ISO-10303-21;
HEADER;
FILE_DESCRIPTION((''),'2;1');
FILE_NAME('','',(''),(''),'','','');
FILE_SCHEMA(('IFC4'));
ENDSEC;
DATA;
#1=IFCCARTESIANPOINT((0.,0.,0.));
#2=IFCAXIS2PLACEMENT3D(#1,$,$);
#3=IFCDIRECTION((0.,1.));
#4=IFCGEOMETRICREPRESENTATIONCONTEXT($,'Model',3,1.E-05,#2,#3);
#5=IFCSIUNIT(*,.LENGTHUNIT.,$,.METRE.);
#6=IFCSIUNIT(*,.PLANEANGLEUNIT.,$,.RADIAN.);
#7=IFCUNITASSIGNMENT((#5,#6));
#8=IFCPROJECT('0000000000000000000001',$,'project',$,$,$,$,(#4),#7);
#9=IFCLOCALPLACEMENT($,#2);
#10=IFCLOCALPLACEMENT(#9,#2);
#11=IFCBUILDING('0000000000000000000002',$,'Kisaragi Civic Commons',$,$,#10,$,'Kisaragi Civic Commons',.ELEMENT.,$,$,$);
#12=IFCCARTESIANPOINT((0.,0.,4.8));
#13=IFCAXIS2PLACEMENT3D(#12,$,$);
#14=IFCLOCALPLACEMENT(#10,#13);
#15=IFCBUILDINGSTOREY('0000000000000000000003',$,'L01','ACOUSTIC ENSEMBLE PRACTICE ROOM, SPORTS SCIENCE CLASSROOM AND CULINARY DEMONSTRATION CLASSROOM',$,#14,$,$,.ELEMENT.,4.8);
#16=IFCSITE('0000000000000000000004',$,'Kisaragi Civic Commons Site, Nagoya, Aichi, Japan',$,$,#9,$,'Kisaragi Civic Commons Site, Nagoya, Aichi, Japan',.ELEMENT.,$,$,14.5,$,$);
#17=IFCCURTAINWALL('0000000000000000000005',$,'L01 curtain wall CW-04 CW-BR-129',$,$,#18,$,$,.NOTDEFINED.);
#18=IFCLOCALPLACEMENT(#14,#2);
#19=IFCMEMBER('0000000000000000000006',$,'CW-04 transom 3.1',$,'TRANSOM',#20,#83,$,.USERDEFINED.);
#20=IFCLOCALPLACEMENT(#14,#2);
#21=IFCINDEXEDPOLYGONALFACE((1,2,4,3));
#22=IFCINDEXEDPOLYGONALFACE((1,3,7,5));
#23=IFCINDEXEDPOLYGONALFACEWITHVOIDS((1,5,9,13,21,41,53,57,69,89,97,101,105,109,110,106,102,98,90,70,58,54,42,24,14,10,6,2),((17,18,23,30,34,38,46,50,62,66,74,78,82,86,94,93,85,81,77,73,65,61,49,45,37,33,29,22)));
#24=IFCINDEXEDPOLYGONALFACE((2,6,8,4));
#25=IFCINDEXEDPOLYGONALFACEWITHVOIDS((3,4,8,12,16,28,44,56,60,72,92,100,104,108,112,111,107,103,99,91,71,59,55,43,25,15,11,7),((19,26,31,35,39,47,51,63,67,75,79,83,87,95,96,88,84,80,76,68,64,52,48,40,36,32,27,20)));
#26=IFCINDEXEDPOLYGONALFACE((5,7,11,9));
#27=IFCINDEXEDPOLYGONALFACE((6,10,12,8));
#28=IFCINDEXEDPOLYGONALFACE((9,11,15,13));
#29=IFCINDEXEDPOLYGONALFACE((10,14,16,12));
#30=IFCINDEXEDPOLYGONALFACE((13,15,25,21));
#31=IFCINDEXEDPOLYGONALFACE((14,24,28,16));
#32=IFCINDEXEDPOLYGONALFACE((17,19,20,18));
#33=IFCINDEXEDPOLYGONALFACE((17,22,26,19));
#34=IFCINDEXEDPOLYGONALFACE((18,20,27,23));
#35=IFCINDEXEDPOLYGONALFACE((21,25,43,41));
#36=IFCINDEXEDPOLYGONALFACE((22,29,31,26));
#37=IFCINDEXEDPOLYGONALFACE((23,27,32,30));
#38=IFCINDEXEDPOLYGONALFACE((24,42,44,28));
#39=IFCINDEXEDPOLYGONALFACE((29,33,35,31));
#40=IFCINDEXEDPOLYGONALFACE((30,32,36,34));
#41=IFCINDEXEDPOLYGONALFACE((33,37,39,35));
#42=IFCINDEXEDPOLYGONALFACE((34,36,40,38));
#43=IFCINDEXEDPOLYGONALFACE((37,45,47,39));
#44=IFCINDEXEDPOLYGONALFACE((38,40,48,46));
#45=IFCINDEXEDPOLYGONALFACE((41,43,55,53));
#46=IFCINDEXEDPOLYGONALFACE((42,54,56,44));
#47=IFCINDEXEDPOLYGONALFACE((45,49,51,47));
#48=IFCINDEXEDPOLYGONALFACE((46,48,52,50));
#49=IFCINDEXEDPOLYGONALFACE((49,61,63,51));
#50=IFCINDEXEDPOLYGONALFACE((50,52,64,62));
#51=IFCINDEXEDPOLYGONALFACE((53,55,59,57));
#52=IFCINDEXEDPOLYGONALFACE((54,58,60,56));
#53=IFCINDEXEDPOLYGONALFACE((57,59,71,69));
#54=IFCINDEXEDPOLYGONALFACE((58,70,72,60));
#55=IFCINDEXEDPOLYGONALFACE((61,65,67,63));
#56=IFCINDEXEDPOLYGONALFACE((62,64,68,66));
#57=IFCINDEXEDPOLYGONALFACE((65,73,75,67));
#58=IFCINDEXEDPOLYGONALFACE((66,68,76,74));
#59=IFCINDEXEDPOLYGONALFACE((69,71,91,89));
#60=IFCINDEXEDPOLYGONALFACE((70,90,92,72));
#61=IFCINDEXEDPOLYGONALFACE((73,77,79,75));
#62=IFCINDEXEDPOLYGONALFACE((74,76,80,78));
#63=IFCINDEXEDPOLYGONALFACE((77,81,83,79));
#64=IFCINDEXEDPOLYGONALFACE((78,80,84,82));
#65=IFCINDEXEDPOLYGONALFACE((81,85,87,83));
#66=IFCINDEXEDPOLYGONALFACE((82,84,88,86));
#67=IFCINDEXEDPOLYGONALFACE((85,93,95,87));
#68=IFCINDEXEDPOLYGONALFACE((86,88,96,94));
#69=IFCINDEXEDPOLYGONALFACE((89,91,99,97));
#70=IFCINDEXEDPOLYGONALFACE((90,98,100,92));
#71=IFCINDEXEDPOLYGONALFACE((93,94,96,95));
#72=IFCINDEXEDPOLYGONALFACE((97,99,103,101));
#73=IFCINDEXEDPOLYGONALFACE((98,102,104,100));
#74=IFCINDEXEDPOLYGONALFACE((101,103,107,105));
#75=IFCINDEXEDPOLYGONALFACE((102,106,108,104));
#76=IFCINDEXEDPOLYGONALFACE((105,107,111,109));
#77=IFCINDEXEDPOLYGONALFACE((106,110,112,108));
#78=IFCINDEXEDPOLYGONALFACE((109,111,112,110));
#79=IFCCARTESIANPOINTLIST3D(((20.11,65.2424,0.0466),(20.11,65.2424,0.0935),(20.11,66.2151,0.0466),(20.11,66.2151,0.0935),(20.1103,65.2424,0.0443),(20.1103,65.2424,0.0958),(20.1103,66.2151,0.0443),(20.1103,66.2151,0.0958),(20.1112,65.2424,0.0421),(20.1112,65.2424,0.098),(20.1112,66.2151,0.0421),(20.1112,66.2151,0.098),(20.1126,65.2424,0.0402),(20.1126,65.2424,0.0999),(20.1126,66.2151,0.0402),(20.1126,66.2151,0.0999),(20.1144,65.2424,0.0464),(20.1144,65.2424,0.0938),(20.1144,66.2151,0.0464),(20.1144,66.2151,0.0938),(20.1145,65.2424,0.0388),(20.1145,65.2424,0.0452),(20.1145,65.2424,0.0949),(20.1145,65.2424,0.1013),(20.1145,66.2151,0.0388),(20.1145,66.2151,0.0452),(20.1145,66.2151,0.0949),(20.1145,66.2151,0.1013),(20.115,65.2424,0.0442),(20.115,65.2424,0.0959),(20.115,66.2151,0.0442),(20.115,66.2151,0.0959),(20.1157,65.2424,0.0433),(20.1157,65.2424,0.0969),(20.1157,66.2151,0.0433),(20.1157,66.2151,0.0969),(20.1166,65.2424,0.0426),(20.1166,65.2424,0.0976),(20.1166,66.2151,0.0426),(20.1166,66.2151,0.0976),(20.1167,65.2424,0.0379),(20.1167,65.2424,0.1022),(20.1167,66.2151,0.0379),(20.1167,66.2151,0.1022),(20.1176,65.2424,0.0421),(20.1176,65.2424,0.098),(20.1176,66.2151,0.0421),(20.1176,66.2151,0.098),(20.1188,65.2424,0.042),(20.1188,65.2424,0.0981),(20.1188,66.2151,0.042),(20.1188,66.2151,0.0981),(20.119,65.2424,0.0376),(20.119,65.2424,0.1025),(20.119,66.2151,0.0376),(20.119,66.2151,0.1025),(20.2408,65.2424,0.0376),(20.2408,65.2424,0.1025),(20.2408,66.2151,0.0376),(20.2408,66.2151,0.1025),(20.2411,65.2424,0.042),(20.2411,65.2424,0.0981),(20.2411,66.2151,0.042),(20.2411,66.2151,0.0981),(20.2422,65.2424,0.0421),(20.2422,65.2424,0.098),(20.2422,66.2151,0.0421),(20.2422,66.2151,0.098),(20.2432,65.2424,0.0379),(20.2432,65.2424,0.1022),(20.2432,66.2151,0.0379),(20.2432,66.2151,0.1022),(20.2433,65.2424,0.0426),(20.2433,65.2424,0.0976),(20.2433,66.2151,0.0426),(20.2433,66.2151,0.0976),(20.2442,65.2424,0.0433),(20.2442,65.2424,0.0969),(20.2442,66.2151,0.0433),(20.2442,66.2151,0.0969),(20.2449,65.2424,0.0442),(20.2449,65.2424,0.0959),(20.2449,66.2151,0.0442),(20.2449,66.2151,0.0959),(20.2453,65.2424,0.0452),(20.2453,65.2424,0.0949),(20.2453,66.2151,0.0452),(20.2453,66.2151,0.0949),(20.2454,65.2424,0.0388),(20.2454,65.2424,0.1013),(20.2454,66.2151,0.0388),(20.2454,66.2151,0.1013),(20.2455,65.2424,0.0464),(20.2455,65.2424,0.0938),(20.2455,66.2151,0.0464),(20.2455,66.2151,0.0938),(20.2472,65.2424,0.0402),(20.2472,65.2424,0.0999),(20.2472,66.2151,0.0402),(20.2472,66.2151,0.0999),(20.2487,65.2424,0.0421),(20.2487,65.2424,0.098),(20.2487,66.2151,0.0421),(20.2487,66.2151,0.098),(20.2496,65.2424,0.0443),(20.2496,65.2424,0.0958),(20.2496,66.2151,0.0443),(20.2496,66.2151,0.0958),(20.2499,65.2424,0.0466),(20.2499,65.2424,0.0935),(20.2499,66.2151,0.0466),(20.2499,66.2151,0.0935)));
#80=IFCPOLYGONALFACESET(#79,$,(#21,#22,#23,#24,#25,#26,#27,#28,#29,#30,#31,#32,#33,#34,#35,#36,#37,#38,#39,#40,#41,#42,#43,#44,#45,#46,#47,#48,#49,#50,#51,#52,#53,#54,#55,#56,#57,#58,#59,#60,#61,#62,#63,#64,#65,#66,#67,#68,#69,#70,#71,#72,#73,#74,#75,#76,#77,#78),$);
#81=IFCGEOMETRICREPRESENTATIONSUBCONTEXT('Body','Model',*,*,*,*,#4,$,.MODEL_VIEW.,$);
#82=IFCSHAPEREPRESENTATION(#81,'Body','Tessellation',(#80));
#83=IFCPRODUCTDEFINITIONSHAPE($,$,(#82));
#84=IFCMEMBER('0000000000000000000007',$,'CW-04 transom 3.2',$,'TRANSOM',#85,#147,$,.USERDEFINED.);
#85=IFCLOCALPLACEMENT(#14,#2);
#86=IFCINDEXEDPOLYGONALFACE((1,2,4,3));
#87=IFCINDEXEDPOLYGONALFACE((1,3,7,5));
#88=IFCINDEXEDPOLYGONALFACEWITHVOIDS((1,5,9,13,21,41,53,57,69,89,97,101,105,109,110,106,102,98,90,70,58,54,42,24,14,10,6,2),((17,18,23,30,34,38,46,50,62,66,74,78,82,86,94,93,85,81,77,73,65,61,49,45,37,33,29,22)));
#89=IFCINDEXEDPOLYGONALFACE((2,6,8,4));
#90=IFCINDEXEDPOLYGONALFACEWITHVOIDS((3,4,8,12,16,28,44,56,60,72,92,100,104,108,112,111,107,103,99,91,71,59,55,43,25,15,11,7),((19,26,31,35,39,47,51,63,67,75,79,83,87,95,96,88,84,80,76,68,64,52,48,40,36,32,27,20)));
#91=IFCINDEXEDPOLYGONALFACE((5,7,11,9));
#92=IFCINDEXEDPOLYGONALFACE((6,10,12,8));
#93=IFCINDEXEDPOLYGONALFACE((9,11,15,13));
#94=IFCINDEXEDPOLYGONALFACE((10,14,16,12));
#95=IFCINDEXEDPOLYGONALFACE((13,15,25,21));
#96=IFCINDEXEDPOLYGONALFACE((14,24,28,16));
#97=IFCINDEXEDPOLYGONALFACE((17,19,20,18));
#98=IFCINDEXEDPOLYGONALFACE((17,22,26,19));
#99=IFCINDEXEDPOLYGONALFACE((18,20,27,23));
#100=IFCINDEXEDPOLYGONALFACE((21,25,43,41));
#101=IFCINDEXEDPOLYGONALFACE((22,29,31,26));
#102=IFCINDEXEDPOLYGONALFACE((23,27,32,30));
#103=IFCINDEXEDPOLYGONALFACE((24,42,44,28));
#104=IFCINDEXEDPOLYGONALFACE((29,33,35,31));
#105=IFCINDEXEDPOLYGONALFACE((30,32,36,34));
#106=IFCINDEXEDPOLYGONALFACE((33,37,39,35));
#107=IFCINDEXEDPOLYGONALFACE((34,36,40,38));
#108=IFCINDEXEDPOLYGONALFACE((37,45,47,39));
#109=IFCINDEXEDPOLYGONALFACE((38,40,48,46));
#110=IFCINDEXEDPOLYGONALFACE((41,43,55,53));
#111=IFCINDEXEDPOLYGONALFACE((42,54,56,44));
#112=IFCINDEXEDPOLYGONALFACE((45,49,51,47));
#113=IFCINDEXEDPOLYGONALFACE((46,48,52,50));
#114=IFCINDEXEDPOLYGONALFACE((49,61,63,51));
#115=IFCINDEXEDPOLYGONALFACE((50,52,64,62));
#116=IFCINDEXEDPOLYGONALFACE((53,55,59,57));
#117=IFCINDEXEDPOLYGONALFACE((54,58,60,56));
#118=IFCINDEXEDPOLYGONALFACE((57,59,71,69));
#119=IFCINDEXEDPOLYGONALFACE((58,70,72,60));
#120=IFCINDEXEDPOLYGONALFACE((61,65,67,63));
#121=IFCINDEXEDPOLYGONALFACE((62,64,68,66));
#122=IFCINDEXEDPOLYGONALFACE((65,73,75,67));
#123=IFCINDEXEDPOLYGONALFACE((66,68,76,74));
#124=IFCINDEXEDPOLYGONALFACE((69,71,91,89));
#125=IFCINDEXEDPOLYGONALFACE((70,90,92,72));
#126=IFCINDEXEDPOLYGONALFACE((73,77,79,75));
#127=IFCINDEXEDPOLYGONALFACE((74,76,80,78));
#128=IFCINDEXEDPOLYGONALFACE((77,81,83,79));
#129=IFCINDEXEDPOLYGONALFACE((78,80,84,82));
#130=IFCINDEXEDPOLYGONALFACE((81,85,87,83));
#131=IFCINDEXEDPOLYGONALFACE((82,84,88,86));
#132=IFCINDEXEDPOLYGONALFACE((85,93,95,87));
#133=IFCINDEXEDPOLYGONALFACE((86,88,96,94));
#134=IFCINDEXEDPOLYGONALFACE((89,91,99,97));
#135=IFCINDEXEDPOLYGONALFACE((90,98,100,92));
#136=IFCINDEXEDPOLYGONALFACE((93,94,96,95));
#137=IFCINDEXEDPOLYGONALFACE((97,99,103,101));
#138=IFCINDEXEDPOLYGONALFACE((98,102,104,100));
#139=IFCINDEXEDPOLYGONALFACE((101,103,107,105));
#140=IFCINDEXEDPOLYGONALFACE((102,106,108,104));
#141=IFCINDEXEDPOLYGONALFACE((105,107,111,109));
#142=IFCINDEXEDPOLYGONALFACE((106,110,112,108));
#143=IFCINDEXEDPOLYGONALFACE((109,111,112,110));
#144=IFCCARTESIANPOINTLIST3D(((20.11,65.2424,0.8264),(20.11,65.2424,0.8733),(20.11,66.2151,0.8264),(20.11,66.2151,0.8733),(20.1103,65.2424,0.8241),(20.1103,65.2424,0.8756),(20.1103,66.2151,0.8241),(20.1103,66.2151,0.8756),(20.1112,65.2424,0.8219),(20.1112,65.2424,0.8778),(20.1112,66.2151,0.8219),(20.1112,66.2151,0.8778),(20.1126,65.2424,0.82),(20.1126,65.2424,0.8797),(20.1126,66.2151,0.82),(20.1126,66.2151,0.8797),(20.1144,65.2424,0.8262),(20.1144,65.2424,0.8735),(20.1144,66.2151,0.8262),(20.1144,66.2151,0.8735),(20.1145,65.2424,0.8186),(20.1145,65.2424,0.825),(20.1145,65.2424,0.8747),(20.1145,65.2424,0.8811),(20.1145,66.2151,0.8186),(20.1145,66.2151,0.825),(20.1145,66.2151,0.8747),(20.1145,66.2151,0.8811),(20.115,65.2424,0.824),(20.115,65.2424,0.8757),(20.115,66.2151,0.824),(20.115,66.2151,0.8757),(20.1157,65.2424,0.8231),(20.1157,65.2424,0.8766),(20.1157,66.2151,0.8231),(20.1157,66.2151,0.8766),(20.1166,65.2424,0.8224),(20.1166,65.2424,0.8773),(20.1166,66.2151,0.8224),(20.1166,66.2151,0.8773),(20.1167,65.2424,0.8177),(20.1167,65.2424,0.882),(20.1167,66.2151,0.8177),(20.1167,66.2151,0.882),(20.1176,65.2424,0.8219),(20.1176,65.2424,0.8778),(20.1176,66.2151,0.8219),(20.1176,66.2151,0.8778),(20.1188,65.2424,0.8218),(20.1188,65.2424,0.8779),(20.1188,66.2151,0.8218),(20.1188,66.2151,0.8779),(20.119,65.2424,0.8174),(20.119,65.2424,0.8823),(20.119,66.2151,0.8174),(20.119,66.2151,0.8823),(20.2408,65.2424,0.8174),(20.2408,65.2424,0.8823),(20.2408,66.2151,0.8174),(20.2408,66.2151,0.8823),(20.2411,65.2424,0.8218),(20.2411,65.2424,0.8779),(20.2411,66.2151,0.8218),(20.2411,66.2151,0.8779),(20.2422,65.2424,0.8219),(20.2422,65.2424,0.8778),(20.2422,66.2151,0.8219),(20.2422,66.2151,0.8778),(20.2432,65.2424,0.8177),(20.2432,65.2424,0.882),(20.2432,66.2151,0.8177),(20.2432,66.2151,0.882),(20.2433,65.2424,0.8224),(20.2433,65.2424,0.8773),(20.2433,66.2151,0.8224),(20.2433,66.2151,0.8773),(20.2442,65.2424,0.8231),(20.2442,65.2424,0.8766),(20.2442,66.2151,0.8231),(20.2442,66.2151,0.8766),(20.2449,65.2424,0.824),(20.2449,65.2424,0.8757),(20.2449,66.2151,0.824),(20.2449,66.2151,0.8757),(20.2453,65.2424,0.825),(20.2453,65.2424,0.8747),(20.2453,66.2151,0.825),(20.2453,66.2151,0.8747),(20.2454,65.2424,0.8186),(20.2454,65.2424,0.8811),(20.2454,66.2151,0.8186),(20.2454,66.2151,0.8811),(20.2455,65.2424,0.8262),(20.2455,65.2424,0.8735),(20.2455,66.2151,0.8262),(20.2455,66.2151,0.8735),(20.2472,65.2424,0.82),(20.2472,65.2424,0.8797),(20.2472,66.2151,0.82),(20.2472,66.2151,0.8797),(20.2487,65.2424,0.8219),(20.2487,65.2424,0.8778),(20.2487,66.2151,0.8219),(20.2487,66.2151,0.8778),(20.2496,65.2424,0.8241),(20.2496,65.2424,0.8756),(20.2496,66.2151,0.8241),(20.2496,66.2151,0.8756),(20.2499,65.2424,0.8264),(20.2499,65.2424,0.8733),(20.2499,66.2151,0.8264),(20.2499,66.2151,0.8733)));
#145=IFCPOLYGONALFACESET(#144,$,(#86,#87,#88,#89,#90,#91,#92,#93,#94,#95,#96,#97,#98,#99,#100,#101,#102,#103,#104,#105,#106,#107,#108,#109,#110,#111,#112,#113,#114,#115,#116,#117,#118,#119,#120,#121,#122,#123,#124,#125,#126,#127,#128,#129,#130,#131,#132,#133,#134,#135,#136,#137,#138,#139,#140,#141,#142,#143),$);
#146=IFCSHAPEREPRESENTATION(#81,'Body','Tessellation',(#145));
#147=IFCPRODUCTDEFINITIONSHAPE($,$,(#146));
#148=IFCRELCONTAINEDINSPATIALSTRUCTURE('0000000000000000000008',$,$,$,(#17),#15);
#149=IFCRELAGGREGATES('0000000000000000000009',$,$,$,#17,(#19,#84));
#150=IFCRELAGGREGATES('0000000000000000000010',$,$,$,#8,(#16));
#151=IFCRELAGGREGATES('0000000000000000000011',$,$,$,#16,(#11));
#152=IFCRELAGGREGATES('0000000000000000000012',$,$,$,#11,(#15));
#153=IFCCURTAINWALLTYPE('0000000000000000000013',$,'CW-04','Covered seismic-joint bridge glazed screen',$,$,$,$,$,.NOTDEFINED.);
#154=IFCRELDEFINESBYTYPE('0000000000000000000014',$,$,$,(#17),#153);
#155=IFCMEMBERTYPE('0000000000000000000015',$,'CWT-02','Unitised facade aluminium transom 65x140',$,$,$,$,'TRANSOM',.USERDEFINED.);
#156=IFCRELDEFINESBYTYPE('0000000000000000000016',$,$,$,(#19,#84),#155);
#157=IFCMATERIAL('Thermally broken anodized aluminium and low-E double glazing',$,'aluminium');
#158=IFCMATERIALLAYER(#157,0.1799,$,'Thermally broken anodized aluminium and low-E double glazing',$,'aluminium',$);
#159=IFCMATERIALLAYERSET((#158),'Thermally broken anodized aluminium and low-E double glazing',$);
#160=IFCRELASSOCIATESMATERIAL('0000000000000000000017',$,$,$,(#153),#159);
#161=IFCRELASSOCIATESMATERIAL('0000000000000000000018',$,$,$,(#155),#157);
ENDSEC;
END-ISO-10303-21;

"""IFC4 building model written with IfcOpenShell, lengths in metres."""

from ifc_helpers import new_model, si_unit, direction, frame, origin, origin_2d, place, context, subcontext, project, spatial, hollow_rectangle, extrude, material, layer, layer_set, material_profile, profile_set, type_object, element, aggregate, save


model = new_model("IFC4")

# Units and contexts
model_context = context("Model", 3, precision=1e-05, world=origin(), true_north=direction((0.0, 1.0)))
body_context = subcontext(model_context, "Body", "Model", "MODEL_VIEW")
ifc_project = project(units=[si_unit("LENGTHUNIT", "METRE"), si_unit("PLANEANGLEUNIT", "RADIAN")], contexts=[model_context])

# Site, building, storey
site_placement = place(None, origin())
site = spatial("IfcSite", under=ifc_project, at=site_placement, Name="Kisaragi Civic Commons Site, Nagoya, Aichi, Japan", LongName="Kisaragi Civic Commons Site, Nagoya, Aichi, Japan", CompositionType="ELEMENT", RefElevation=14.5)
building_placement = place(site_placement, origin())
building = spatial("IfcBuilding", under=site, at=building_placement, Name="Kisaragi Civic Commons", LongName="Kisaragi Civic Commons", CompositionType="ELEMENT")
storey_placement = place(building_placement, frame((0.0, 0.0, 4.8)))
storey = spatial("IfcBuildingStorey", under=building, at=storey_placement, Name="L01", Description="ACOUSTIC ENSEMBLE PRACTICE ROOM, SPORTS SCIENCE CLASSROOM AND CULINARY DEMONSTRATION CLASSROOM", CompositionType="ELEMENT", Elevation=4.8)

# Curtain wall
ifc_material_1 = material(Name="Thermally broken anodized aluminium and low-E double glazing", Category="aluminium")
ifc_layer_1 = layer(ifc_material_1, 0.1799, Name="Thermally broken anodized aluminium and low-E double glazing", Category="aluminium")
ifc_layer_set_1 = layer_set([ifc_layer_1], Name="Thermally broken anodized aluminium and low-E double glazing")
curtain_wall_type = type_object("IfcCurtainWallType", Name="CW-04", Description="Covered seismic-joint bridge glazed screen", PredefinedType="NOTDEFINED", material=ifc_layer_set_1)
curtain_wall_1_placement = place(storey_placement, origin())
curtain_wall_1 = element("IfcCurtainWall", 1, at=curtain_wall_1_placement, inside=storey, type_object=curtain_wall_type, Name="L01 curtain wall CW-04 CW-BR-129", PredefinedType="NOTDEFINED")

# Members
ifc_material_profile_1 = material_profile(ifc_material_1, hollow_rectangle(XDim=0.1399, YDim=0.0649, WallThickness=0.0044, InnerFilletRadius=0.0044, OuterFilletRadius=0.009, at=origin_2d()), Name="CWT-65x140x4.5", Category="aluminium")
ifc_profile_set_1 = profile_set([ifc_material_profile_1], Name="Thermally broken anodized aluminium and low-E double glazing")
member_type_1 = type_object("IfcMemberType", Name="CWT-02", Description="Unitised facade aluminium transom 65x140", ElementType="TRANSOM", PredefinedType="USERDEFINED", material=ifc_profile_set_1)
member_1_placement = place(storey_placement, frame((20.1799, 65.2424, 0.0701), z_axis=(0.0, 1.0, 0.0), x_axis=(-1.0, 0.0, 0.0)))
member_1 = element("IfcMember", 2, at=member_1_placement, type_object=member_type_1, Name="CW-04 transom 3.1", ObjectType="TRANSOM", PredefinedType="USERDEFINED", context=body_context, shape_type="SweptSolid", body=[
    extrude(hollow_rectangle(XDim=0.1399, YDim=0.0649, WallThickness=0.0044, InnerFilletRadius=0.0044, OuterFilletRadius=0.009, at=origin_2d()), origin(), (0.0, 0.0, 1.0), 0.9727),
])
member_2_placement = place(storey_placement, frame((20.1799, 65.2424, 0.8499), z_axis=(0.0, 1.0, 0.0), x_axis=(-1.0, 0.0, 0.0)))
member_2 = element("IfcMember", 3, at=member_2_placement, type_object=member_type_1, Name="CW-04 transom 3.2", ObjectType="TRANSOM", PredefinedType="USERDEFINED", context=body_context, shape_type="SweptSolid", body=[
    extrude(hollow_rectangle(XDim=0.1399, YDim=0.0649, WallThickness=0.0044, InnerFilletRadius=0.0044, OuterFilletRadius=0.009, at=origin_2d()), origin(), (0.0, 0.0, 1.0), 0.9727),
])

aggregate(curtain_wall_1, [member_1, member_2])

save(model, "model.ifc")
